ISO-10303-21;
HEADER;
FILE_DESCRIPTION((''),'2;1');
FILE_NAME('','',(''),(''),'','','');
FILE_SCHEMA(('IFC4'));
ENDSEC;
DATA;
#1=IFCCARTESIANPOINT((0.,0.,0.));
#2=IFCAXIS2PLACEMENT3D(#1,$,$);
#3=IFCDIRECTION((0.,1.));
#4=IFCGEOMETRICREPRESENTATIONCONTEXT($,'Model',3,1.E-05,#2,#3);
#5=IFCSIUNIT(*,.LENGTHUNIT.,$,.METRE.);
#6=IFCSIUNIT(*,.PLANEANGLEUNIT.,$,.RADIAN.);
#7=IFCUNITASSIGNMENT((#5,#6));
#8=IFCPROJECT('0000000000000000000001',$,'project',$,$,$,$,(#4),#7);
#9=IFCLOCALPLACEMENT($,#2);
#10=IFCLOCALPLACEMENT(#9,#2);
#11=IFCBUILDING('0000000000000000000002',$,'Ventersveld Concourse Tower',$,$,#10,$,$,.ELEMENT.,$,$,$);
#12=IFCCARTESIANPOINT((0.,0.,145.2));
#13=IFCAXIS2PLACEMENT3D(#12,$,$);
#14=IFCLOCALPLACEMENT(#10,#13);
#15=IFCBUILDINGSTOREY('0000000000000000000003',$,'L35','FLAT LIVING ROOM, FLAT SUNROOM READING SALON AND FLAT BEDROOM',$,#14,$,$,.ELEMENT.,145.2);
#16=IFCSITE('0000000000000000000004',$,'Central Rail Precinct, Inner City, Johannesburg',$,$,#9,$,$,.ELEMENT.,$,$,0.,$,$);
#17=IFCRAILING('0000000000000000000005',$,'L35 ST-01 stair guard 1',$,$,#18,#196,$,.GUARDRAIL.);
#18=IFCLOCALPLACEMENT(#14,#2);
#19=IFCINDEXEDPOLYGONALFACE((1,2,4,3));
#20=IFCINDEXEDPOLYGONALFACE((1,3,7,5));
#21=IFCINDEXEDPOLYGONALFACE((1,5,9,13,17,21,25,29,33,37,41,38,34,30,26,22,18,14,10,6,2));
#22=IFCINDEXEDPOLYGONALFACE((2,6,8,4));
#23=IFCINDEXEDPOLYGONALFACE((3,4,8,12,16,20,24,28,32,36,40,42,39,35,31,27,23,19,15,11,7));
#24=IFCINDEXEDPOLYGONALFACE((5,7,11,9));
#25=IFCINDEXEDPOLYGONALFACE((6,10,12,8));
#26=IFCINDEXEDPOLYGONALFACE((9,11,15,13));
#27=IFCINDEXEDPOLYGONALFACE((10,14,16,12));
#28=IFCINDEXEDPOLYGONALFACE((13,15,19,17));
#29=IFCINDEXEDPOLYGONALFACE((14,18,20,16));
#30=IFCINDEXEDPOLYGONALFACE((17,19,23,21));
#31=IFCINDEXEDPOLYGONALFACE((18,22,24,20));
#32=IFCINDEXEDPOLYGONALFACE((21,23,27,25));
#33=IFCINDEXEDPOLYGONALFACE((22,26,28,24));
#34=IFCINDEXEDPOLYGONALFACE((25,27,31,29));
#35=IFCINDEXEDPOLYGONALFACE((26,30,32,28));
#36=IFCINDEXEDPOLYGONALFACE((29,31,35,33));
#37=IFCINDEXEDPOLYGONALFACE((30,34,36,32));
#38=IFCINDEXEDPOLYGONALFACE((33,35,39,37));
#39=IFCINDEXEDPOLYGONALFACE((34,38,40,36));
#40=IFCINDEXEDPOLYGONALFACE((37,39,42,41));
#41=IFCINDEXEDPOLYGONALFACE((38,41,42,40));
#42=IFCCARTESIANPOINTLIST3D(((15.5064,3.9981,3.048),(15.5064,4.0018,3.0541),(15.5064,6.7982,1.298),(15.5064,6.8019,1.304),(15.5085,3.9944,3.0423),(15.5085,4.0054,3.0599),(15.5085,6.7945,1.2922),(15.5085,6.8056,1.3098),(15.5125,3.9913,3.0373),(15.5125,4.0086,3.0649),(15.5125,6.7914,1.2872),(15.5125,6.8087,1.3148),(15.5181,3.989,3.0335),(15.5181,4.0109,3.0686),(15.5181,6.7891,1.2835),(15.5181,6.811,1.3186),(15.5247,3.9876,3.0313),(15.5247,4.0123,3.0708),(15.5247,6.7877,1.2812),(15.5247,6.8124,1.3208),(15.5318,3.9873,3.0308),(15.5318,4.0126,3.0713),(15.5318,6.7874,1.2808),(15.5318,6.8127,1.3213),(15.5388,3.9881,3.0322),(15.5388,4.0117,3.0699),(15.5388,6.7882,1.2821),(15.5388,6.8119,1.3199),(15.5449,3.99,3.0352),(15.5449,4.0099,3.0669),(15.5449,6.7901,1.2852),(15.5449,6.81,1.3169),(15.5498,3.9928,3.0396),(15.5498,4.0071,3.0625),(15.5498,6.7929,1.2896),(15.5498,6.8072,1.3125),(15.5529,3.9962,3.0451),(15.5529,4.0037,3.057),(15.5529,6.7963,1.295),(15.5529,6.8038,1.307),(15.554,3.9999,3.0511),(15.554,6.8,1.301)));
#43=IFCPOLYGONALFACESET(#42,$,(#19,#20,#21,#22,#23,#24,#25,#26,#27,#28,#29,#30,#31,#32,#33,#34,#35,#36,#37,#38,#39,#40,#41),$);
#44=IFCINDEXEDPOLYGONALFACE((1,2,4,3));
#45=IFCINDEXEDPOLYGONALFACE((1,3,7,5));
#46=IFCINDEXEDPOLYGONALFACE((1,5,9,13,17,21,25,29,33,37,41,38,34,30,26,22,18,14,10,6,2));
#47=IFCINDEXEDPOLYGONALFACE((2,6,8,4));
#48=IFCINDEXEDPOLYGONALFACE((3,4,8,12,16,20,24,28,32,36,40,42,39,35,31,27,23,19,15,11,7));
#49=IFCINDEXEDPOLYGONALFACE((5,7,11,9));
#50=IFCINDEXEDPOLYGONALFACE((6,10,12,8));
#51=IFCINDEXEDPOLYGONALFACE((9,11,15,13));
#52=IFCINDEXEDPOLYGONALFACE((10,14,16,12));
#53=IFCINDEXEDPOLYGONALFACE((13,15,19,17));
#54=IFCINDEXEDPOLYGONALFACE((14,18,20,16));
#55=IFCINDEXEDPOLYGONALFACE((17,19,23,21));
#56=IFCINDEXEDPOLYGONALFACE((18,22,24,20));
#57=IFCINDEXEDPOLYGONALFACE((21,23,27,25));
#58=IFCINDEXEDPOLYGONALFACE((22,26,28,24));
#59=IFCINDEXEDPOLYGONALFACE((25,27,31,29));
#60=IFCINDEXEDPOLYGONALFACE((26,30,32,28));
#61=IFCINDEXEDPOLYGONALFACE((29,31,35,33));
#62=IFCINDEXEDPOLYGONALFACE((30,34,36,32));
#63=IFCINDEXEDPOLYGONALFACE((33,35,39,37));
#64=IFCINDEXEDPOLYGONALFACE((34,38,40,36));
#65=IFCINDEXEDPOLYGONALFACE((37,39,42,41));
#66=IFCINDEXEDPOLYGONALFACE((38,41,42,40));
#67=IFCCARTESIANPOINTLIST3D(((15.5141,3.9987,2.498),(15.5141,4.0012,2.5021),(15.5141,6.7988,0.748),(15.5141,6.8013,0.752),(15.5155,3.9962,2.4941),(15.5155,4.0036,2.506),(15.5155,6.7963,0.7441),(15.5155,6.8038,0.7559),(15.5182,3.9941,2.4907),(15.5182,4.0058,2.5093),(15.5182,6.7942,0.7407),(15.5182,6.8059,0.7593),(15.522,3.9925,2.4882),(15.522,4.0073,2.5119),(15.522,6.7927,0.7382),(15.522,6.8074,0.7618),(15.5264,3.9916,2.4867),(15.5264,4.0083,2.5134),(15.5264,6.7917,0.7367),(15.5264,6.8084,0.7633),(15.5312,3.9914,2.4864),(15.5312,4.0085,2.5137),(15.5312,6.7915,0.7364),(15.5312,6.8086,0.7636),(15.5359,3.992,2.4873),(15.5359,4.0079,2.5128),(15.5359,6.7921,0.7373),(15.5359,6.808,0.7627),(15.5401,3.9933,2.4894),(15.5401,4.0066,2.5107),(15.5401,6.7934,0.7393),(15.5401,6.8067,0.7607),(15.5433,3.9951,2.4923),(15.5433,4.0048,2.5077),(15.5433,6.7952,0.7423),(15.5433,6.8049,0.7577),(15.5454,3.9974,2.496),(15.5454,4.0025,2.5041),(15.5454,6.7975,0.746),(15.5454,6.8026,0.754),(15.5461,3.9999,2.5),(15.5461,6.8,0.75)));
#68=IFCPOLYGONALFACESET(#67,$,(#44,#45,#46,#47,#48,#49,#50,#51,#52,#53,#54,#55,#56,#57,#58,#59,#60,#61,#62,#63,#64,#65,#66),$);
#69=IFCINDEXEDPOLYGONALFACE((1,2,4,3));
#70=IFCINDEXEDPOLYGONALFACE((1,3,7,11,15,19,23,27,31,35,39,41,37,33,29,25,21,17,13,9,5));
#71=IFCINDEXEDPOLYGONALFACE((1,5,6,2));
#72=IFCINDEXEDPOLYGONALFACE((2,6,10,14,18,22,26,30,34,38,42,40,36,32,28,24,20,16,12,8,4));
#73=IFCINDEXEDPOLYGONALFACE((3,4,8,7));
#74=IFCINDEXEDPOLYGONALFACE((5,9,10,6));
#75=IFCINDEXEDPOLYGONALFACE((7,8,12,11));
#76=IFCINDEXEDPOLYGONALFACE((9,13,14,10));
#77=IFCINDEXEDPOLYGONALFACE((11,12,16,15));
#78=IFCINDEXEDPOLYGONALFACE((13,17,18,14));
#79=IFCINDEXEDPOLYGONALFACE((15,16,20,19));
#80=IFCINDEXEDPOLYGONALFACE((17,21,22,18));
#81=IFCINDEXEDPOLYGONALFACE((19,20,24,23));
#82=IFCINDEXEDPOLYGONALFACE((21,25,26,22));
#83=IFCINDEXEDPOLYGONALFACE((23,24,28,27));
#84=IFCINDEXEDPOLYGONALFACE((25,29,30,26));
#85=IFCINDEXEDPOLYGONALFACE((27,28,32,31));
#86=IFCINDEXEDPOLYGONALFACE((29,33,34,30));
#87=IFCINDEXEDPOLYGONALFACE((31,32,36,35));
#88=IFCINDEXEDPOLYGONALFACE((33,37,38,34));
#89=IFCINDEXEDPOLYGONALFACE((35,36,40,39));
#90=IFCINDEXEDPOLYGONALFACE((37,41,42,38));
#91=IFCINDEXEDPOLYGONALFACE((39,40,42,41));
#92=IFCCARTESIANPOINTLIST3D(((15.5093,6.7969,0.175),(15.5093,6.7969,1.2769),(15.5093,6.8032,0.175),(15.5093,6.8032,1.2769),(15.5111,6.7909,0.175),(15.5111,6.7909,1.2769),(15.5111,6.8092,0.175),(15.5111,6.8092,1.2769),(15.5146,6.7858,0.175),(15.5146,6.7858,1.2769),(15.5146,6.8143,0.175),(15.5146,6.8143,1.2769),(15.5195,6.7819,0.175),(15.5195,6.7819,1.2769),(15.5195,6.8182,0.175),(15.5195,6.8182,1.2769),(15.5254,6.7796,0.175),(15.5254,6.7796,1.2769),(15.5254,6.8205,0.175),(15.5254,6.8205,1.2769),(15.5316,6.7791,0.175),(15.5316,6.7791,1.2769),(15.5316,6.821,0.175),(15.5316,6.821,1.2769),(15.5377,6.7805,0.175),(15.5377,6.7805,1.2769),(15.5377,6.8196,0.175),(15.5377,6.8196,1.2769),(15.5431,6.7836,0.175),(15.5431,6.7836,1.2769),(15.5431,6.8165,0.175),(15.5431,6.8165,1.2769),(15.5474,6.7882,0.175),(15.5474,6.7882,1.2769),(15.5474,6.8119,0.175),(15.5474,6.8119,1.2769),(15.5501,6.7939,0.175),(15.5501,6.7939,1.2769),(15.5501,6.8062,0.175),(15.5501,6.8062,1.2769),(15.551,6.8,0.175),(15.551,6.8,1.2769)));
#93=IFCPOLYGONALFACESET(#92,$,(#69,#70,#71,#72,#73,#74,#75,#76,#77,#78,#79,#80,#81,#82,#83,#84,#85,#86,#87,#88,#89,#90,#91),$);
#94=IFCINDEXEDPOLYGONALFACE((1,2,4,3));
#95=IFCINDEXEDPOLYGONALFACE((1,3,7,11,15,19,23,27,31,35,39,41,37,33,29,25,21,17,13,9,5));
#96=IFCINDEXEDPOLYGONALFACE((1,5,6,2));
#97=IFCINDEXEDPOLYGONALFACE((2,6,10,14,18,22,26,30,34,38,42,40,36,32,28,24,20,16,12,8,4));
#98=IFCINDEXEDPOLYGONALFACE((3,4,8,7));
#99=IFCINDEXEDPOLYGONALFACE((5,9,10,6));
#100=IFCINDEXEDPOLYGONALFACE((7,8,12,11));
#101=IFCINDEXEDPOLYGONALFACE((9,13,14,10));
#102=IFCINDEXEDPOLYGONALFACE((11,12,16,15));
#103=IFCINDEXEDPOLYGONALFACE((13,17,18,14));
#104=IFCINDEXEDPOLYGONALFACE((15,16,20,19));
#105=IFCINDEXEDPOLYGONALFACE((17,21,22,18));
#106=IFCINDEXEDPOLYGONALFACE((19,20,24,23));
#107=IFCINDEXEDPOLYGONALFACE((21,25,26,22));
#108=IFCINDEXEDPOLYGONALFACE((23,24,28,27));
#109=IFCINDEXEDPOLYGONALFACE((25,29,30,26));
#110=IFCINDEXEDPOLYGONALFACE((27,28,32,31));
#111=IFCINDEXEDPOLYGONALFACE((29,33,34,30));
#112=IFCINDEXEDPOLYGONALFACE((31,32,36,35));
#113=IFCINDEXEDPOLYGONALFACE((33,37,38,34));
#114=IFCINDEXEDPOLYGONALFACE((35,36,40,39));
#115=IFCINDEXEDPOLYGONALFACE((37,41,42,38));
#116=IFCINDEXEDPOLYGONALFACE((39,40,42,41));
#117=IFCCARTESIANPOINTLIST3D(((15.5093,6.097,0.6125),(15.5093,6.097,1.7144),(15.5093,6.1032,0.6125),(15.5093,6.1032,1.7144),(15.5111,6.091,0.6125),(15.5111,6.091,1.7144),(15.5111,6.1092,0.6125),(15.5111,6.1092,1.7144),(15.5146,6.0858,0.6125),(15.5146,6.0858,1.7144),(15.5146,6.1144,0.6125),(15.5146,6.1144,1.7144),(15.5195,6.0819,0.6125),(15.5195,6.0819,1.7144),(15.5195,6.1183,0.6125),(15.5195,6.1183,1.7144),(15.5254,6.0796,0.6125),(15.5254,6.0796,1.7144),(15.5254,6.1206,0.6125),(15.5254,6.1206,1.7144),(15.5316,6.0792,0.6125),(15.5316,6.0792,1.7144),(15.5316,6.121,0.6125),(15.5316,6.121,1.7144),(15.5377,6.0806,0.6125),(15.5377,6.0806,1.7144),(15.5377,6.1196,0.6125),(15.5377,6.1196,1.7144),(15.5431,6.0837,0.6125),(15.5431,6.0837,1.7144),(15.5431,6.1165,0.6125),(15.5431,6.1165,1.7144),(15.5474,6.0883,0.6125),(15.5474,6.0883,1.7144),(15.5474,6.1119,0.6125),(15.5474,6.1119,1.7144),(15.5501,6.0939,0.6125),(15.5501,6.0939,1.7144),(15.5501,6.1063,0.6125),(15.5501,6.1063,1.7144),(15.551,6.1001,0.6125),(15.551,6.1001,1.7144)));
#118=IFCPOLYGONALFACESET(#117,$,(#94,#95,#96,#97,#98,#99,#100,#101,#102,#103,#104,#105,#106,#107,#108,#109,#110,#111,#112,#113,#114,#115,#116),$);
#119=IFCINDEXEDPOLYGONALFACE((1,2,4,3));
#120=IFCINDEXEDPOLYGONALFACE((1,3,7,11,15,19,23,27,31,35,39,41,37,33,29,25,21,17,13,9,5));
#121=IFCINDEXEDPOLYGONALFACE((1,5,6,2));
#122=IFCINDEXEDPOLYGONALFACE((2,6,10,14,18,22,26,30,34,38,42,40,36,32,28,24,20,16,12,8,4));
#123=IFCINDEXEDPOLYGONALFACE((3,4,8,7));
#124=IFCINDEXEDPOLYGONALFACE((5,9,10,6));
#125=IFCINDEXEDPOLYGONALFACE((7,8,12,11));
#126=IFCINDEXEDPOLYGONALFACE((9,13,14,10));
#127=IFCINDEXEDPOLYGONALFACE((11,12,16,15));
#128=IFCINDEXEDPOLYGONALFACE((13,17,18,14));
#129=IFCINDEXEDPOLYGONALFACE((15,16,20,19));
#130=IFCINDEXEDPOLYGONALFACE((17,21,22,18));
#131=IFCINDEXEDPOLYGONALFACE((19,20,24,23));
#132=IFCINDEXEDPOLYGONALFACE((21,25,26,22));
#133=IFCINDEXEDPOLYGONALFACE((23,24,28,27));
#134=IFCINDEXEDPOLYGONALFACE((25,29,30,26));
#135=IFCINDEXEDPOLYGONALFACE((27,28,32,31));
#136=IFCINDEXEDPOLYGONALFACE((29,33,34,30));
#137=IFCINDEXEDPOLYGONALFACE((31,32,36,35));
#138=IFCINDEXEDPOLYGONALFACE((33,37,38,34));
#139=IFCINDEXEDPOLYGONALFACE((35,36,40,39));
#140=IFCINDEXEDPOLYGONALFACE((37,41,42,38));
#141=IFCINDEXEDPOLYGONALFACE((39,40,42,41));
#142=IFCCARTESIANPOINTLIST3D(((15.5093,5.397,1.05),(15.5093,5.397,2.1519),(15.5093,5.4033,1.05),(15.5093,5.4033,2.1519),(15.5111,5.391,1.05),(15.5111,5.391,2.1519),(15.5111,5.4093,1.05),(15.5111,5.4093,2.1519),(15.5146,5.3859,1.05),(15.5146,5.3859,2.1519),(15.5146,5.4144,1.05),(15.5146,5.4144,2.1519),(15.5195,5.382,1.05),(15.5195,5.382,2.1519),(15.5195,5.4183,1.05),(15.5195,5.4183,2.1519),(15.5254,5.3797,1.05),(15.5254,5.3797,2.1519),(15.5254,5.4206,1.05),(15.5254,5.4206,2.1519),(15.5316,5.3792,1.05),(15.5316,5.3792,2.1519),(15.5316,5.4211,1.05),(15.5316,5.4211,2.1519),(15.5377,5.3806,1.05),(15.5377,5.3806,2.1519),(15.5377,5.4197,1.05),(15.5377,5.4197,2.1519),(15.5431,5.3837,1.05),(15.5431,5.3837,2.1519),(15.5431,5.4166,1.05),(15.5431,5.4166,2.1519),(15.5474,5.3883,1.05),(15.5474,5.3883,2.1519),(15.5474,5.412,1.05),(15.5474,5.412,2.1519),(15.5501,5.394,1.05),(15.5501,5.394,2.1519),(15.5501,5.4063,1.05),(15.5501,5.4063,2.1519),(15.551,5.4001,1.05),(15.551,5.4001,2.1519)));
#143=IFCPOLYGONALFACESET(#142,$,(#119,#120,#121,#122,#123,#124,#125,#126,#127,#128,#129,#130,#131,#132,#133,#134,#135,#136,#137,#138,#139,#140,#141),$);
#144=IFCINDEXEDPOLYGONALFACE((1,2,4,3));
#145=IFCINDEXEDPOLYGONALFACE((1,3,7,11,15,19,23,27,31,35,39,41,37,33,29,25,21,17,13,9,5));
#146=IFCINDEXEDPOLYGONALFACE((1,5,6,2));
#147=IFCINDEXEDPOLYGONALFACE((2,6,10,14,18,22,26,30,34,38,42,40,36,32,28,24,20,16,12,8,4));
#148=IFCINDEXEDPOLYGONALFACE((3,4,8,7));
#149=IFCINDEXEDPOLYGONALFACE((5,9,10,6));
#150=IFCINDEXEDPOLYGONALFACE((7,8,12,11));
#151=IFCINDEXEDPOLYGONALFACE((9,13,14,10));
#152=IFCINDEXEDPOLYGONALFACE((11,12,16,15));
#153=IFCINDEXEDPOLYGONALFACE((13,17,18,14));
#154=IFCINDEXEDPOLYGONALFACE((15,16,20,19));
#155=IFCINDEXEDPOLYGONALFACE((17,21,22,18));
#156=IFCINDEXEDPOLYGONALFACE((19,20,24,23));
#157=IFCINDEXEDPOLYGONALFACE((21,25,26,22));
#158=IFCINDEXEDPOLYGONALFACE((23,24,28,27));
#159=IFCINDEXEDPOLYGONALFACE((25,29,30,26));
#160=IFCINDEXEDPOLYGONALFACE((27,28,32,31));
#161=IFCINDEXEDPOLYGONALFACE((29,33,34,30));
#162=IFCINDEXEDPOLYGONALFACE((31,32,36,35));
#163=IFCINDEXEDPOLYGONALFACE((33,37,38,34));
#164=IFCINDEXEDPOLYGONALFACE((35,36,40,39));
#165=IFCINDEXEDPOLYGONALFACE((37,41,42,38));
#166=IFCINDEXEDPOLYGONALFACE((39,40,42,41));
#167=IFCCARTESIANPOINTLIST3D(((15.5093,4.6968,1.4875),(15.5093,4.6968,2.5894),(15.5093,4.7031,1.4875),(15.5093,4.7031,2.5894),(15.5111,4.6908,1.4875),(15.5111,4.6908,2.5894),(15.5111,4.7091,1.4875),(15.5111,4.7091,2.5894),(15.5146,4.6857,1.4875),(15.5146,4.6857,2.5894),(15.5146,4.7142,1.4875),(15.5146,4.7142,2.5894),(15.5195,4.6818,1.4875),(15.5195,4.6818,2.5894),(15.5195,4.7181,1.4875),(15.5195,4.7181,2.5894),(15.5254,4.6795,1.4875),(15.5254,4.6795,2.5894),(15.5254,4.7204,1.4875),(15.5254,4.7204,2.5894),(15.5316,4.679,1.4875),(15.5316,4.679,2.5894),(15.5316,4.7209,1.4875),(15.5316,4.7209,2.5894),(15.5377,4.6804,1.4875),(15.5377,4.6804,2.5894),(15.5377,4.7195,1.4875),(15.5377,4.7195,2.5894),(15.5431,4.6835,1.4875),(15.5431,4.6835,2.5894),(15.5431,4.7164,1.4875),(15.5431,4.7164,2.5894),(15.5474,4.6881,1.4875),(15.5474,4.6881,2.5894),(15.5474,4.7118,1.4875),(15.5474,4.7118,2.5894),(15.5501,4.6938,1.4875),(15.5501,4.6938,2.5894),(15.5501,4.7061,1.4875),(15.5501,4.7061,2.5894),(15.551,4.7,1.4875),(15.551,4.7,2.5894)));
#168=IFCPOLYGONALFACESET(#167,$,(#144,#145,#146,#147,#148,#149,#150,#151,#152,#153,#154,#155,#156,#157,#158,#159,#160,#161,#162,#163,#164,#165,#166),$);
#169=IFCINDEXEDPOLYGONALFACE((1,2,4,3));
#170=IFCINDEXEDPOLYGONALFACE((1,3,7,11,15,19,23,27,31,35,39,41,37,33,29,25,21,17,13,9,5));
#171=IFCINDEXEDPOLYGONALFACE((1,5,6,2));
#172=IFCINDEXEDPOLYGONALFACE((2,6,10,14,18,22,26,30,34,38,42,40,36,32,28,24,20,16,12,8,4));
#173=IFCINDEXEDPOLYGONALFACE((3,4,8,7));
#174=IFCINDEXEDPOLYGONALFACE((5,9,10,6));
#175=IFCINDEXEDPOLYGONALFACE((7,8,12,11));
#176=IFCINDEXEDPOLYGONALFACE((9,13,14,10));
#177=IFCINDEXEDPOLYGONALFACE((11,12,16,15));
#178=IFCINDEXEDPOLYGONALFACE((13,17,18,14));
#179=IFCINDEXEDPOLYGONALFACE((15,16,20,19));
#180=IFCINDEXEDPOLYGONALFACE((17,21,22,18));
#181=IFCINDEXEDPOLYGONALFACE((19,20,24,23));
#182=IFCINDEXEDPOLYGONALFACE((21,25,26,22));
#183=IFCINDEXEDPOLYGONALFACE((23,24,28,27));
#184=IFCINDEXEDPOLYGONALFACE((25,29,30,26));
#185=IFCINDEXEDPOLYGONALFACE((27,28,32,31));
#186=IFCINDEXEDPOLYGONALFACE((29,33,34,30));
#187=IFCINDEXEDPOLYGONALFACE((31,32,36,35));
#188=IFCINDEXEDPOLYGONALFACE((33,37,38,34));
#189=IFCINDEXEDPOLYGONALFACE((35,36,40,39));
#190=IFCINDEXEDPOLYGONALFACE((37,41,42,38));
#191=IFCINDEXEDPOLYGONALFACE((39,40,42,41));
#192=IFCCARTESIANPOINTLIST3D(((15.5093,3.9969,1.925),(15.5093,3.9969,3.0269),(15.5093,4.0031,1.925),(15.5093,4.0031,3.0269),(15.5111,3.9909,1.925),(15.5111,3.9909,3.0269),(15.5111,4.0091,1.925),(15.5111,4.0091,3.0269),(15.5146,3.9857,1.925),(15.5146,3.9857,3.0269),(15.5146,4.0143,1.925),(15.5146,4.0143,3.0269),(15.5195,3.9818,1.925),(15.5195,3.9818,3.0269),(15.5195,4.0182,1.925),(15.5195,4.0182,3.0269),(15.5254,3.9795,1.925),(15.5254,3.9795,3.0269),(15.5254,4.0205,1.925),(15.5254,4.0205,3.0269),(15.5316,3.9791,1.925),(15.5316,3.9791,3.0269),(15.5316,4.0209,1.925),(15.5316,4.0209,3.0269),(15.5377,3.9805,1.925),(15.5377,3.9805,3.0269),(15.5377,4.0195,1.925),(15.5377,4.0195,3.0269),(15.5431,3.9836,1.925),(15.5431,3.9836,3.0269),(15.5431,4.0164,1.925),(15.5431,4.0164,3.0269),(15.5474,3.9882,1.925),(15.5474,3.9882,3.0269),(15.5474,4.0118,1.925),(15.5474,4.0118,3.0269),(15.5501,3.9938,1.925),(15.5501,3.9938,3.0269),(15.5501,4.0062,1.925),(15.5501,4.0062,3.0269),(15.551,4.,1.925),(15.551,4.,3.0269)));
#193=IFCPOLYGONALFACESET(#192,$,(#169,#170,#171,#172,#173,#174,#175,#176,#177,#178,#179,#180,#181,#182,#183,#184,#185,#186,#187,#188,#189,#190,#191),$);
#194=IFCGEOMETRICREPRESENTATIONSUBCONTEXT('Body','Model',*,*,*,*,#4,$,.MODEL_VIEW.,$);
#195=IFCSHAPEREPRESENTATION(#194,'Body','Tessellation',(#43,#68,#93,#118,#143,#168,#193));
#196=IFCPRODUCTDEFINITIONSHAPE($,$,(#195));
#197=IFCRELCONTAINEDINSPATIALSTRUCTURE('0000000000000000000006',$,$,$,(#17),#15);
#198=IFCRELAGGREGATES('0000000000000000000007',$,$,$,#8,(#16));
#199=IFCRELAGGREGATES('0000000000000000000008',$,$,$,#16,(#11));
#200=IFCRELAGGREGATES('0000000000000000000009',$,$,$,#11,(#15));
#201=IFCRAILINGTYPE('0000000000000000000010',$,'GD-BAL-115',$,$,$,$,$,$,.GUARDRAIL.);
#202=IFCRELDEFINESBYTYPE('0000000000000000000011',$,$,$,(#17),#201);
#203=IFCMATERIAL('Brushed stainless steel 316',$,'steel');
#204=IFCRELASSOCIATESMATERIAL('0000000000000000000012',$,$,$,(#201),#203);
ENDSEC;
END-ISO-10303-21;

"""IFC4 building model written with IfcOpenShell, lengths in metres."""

from ifc_helpers import new_model, si_unit, direction, frame, origin, origin_2d, place, context, subcontext, project, spatial, circle, extrude, material, type_object, element, save


model = new_model("IFC4")

# Units and contexts
model_context = context("Model", 3, precision=1e-05, world=origin(), true_north=direction((0.0, 1.0)))
body_context = subcontext(model_context, "Body", "Model", "MODEL_VIEW")
ifc_project = project(units=[si_unit("LENGTHUNIT", "METRE"), si_unit("PLANEANGLEUNIT", "RADIAN")], contexts=[model_context])

# Site, building, storey
site_placement = place(None, origin())
site = spatial("IfcSite", under=ifc_project, at=site_placement, Name="Central Rail Precinct, Inner City, Johannesburg", CompositionType="ELEMENT", RefElevation=0.0)
building_placement = place(site_placement, origin())
building = spatial("IfcBuilding", under=site, at=building_placement, Name="Ventersveld Concourse Tower", CompositionType="ELEMENT")
storey_placement = place(building_placement, frame((0.0, 0.0, 145.2)))
storey = spatial("IfcBuildingStorey", under=building, at=storey_placement, Name="L35", Description="FLAT LIVING ROOM, FLAT SUNROOM READING SALON AND FLAT BEDROOM", CompositionType="ELEMENT", Elevation=145.2)

# Shared definitions
ifc_material_1 = material(Name="Brushed stainless steel 316", Category="steel")

# Railing
railing_type = type_object("IfcRailingType", Name="GD-BAL-115", PredefinedType="GUARDRAIL", material=ifc_material_1)
railing_1_placement = place(storey_placement, frame((15.53, 6.8, 0.175)))
element("IfcRailing", 1, at=railing_1_placement, inside=storey, type_object=railing_type, Name="L35 ST-01 stair guard 1", PredefinedType="GUARDRAIL", context=body_context, shape_type="SweptSolid", body=[
    extrude(circle(Radius=0.0239, at=origin_2d()), frame((0.0, 0.0, 1.126), z_axis=(0.0, -0.848002, 0.529992), x_axis=(1.0, 0.0, 0.0)), (0.0, 0.0, 1.0), 3.302),
    extrude(circle(Radius=0.0161, at=origin_2d()), frame((0.0, 0.0, 0.575), z_axis=(0.0, -0.848002, 0.529992), x_axis=(1.0, 0.0, 0.0)), (0.0, 0.0, 1.0), 3.302),
    extrude(circle(Radius=0.021, at=origin_2d()), origin(), (0.0, 0.0, 1.0), 1.1018),
    extrude(circle(Radius=0.021, at=origin_2d()), frame((0.0, -0.7, 0.4375)), (0.0, 0.0, 1.0), 1.1018),
    extrude(circle(Radius=0.021, at=origin_2d()), frame((0.0, -1.3999, 0.875)), (0.0, 0.0, 1.0), 1.1018),
    extrude(circle(Radius=0.021, at=origin_2d()), frame((0.0, -2.1001, 1.3125)), (0.0, 0.0, 1.0), 1.1018),
    extrude(circle(Radius=0.021, at=origin_2d()), frame((0.0, -2.8, 1.75)), (0.0, 0.0, 1.0), 1.1018),
])

save(model, "model.ifc")
